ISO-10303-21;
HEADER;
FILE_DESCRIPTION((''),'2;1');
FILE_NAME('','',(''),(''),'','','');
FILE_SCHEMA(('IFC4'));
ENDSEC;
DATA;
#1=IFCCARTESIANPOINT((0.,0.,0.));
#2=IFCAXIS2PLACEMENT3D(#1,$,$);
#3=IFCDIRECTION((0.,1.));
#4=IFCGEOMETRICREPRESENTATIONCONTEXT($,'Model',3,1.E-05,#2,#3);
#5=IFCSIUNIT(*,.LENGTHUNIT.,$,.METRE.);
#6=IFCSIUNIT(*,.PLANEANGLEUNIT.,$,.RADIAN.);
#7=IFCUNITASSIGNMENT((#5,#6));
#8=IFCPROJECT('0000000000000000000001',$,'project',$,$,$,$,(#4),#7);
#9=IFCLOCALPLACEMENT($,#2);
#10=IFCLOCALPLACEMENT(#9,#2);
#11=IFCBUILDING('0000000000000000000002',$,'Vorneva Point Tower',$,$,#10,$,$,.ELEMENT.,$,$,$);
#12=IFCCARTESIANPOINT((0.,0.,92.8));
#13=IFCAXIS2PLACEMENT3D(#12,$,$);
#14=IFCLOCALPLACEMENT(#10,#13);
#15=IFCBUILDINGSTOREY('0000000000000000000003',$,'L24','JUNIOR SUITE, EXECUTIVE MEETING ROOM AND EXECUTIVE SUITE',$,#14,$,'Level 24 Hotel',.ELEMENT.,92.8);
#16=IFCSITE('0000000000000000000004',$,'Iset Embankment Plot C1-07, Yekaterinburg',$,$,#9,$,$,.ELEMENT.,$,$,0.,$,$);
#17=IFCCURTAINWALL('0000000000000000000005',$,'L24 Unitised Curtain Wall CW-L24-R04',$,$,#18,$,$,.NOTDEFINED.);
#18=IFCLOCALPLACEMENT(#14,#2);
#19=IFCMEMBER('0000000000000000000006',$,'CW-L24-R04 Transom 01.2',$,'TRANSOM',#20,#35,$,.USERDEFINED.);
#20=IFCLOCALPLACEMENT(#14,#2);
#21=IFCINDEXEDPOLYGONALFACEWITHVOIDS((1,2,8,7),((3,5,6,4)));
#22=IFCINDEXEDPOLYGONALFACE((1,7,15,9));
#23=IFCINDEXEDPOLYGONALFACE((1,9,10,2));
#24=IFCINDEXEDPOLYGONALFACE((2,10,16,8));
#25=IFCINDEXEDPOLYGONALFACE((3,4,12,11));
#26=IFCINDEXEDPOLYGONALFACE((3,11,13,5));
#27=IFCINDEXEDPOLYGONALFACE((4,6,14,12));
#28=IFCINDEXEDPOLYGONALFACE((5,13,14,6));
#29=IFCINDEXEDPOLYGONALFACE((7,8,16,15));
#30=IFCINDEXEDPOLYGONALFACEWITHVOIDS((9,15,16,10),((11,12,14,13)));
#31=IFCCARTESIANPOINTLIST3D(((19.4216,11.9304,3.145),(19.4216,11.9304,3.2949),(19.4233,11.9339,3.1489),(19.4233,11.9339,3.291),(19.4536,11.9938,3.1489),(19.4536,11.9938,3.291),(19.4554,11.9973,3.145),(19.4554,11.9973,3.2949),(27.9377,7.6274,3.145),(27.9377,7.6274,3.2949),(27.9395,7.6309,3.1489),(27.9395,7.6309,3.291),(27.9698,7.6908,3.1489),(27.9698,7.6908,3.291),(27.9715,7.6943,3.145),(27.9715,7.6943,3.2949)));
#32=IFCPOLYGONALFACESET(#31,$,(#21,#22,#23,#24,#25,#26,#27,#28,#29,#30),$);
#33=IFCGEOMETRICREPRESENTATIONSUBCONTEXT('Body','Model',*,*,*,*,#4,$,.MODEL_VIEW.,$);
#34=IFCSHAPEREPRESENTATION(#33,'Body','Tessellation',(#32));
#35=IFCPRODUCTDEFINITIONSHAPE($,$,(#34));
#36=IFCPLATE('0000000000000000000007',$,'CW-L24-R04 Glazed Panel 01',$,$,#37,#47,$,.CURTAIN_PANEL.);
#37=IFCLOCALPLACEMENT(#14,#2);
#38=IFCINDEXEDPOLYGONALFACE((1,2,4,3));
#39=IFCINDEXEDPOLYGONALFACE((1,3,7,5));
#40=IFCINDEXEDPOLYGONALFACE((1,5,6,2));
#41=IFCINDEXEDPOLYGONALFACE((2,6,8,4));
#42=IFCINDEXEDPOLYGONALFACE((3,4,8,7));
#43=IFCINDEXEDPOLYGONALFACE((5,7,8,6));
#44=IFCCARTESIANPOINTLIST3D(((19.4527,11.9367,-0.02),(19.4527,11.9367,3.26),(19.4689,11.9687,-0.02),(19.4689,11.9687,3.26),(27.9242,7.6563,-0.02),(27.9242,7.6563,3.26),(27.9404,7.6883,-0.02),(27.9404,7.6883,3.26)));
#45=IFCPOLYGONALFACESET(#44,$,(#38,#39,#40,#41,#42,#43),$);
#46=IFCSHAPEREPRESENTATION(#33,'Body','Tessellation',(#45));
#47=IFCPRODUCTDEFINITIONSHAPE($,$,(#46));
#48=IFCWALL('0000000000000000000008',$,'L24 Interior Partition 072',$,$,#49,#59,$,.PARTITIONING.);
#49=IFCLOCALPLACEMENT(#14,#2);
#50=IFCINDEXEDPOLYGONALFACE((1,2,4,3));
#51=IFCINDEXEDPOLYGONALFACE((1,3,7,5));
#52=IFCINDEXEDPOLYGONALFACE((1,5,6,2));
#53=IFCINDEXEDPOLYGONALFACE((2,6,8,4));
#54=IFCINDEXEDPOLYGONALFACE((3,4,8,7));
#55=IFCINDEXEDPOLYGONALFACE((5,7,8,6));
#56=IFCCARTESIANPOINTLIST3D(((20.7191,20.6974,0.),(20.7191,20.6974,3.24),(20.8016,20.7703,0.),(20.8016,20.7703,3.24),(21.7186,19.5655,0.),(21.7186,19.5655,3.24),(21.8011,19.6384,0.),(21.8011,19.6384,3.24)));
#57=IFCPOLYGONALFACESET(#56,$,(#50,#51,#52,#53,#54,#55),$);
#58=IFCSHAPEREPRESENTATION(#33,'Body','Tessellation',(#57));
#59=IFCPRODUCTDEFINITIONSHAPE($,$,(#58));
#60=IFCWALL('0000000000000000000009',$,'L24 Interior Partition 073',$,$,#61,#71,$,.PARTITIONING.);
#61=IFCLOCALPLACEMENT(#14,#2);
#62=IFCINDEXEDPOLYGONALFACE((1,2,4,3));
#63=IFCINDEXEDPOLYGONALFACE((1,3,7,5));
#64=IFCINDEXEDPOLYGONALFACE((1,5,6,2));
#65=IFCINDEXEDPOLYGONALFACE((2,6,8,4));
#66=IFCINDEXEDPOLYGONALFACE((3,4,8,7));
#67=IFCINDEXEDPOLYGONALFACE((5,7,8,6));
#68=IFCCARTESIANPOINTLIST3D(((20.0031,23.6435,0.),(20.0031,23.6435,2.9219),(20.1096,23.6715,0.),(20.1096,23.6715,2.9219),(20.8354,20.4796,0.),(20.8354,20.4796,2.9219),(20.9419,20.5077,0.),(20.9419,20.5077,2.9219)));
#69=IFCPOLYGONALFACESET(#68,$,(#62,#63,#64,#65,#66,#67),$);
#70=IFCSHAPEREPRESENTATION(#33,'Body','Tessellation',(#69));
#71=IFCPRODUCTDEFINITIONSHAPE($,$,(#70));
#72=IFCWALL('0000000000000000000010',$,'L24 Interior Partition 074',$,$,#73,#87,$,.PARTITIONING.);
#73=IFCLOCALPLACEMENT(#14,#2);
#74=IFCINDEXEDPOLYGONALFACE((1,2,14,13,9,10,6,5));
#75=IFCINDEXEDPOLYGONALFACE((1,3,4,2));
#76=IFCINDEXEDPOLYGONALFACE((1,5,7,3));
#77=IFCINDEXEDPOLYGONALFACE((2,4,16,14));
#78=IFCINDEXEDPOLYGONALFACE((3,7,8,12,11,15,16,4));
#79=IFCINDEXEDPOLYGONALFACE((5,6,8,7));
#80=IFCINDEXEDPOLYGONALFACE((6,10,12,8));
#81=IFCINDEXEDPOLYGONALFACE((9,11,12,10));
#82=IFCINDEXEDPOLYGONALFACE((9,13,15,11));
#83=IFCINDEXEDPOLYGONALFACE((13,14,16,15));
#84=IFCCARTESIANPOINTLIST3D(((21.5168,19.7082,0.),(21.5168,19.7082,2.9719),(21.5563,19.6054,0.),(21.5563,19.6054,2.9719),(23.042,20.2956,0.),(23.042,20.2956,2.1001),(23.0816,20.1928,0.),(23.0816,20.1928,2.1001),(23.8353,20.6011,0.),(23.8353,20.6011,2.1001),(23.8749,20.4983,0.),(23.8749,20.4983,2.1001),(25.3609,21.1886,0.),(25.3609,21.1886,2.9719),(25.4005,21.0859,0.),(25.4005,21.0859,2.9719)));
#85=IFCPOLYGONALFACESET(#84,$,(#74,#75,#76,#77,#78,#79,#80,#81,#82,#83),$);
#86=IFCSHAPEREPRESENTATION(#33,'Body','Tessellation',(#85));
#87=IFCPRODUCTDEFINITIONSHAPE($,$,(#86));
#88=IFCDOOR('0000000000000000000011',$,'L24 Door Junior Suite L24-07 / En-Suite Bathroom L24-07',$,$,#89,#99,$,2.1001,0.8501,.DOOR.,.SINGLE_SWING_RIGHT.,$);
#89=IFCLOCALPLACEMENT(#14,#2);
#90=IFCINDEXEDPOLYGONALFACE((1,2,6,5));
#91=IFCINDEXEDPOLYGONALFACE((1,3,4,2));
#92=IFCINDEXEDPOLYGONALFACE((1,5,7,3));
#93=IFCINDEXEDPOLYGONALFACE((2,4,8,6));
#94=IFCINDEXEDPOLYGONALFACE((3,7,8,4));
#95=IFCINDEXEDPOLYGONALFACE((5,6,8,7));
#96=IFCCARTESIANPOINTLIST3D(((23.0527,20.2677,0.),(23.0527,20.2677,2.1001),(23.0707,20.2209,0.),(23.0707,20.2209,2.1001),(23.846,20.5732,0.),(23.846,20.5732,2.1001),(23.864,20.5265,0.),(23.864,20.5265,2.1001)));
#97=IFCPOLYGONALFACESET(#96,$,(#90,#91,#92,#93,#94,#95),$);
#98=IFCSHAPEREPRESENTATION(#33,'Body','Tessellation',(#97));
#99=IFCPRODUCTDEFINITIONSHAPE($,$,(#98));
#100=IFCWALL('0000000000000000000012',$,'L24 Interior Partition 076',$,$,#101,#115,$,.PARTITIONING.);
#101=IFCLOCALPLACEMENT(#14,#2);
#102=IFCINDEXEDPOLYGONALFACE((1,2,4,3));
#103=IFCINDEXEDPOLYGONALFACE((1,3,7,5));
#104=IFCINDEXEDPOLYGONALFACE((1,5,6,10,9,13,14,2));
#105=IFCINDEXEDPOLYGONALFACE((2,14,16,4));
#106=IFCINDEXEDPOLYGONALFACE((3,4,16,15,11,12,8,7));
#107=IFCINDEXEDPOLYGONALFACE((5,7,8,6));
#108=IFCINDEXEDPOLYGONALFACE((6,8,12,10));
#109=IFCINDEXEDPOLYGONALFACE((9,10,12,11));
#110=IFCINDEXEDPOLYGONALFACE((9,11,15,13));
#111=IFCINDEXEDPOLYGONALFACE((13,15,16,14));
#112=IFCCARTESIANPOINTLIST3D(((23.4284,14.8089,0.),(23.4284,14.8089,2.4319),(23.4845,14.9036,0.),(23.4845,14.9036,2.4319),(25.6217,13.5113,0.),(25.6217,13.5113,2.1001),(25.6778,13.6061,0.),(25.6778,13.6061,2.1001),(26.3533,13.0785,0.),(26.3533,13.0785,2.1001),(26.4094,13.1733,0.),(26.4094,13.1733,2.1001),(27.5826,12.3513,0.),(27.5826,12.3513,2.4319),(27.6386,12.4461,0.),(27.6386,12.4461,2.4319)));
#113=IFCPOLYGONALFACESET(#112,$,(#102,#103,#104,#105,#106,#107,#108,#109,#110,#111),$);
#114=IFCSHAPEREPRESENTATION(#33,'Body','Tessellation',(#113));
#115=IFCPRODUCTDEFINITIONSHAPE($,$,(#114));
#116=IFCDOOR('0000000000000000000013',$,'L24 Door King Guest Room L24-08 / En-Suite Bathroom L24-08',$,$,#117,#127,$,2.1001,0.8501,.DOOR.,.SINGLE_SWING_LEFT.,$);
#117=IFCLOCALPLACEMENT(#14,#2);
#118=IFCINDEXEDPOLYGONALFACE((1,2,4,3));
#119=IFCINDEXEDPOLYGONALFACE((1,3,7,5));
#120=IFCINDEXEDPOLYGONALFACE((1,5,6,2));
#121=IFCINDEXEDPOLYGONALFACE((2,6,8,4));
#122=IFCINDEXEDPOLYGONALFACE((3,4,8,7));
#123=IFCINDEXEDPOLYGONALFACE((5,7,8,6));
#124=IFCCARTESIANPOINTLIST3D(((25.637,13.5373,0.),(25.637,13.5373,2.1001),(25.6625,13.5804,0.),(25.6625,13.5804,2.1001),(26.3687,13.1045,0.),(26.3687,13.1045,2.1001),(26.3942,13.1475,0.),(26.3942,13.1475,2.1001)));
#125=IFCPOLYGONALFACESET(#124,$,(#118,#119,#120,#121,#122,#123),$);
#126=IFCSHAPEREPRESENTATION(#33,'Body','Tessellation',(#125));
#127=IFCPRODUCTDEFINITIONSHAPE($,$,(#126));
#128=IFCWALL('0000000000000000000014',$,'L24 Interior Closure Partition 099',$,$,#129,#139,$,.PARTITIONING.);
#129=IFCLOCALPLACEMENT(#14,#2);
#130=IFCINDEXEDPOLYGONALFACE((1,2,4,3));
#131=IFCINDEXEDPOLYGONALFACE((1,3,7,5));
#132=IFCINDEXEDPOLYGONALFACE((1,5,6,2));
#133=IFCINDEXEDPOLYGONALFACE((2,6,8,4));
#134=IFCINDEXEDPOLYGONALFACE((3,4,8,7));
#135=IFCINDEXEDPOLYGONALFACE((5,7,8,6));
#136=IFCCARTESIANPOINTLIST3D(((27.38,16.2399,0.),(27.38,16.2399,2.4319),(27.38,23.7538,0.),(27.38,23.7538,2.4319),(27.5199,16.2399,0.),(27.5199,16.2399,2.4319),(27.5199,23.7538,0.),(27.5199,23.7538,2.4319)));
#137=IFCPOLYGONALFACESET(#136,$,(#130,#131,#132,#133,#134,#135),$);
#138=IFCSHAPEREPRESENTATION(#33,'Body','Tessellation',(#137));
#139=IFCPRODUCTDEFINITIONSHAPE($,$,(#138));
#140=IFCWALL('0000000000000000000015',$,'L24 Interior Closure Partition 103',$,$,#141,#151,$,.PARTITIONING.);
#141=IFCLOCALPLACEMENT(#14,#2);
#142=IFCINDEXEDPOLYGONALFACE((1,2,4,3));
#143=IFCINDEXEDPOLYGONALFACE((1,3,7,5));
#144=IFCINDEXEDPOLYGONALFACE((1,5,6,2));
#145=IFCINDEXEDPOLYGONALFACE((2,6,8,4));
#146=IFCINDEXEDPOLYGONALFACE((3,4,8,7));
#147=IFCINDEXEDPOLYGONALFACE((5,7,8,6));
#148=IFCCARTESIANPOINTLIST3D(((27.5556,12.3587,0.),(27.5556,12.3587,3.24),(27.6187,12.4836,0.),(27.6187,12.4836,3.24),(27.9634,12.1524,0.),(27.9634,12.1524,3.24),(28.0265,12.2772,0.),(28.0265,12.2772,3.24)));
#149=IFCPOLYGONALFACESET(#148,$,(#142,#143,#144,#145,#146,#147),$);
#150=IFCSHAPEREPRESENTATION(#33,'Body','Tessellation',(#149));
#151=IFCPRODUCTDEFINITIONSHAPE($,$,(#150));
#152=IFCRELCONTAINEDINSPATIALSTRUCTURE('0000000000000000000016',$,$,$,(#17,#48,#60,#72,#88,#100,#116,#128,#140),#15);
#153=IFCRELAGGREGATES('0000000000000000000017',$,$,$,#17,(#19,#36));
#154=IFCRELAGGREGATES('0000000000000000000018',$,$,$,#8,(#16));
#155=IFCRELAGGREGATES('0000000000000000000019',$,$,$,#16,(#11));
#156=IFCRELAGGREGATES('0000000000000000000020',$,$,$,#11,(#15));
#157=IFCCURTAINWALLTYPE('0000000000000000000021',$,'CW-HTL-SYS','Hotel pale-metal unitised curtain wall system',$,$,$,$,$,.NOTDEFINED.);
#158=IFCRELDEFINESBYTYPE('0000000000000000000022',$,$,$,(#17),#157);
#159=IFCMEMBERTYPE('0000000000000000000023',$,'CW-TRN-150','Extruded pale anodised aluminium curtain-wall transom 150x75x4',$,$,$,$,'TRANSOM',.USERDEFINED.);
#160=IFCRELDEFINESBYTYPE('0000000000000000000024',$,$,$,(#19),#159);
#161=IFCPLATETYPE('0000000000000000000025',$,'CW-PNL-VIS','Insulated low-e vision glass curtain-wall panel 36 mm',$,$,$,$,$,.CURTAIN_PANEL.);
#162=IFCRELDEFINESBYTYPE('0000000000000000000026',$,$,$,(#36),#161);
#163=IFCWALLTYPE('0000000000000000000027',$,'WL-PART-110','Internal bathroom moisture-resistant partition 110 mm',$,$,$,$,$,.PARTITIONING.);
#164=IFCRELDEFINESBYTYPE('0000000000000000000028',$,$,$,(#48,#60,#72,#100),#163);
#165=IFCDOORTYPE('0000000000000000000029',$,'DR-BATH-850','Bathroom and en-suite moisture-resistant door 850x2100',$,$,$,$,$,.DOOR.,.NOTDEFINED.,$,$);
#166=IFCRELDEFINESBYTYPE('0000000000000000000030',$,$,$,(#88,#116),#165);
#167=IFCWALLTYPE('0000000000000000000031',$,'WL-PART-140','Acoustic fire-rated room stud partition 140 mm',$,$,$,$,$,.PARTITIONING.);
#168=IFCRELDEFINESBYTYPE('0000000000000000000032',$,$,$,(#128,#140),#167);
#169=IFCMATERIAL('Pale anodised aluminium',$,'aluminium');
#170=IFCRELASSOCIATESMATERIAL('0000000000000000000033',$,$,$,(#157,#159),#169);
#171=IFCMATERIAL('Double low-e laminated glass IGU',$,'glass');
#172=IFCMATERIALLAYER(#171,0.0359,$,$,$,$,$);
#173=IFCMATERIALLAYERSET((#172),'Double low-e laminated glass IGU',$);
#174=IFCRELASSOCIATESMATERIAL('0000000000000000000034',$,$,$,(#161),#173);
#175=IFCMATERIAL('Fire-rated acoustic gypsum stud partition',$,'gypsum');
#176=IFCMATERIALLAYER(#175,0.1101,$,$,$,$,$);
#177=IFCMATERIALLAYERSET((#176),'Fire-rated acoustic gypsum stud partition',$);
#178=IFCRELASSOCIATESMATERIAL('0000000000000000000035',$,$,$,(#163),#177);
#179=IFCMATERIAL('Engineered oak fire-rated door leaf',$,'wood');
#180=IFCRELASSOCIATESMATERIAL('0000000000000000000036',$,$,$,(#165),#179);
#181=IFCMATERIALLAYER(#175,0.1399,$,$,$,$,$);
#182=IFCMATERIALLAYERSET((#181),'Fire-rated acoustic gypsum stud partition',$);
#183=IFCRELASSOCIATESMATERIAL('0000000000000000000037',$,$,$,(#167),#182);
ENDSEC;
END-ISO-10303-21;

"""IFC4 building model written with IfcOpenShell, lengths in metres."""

from ifc_helpers import new_model, si_unit, direction, frame, frame_2d, origin, origin_2d, place, context, subcontext, project, spatial, rectangle, hollow_rectangle, extrude, material, layer, layer_set, material_profile, profile_set, type_object, element, fill, aggregate, save


model = new_model("IFC4")

# Units and contexts
model_context = context("Model", 3, precision=1e-05, world=origin(), true_north=direction((0.0, 1.0)))
body_context = subcontext(model_context, "Body", "Model", "MODEL_VIEW")
ifc_project = project(units=[si_unit("LENGTHUNIT", "METRE"), si_unit("PLANEANGLEUNIT", "RADIAN")], contexts=[model_context])

# Site, building, storey
site_placement = place(None, origin())
site = spatial("IfcSite", under=ifc_project, at=site_placement, Name="Iset Embankment Plot C1-07, Yekaterinburg", CompositionType="ELEMENT", RefElevation=0.0)
building_placement = place(site_placement, origin())
building = spatial("IfcBuilding", under=site, at=building_placement, Name="Vorneva Point Tower", CompositionType="ELEMENT")
storey_placement = place(building_placement, frame((0.0, 0.0, 92.8)))
storey = spatial("IfcBuildingStorey", under=building, at=storey_placement, Name="L24", Description="JUNIOR SUITE, EXECUTIVE MEETING ROOM AND EXECUTIVE SUITE", LongName="Level 24 Hotel", CompositionType="ELEMENT", Elevation=92.8)

# Curtain wall, member, plate
ifc_material_1 = material(Name="Pale anodised aluminium", Category="aluminium")
curtain_wall_type = type_object("IfcCurtainWallType", Name="CW-HTL-SYS", Description="Hotel pale-metal unitised curtain wall system", PredefinedType="NOTDEFINED", material=ifc_material_1)
curtain_wall_placement = place(storey_placement, origin())
curtain_wall = element("IfcCurtainWall", 1, at=curtain_wall_placement, inside=storey, type_object=curtain_wall_type, Name="L24 Unitised Curtain Wall CW-L24-R04", PredefinedType="NOTDEFINED")
ifc_material_profile_1 = material_profile(ifc_material_1, hollow_rectangle(XDim=0.075, YDim=0.1499, WallThickness=0.0039, at=origin_2d()), Name="AL-TRN 150x75x4")
ifc_profile_set_1 = profile_set([ifc_material_profile_1], Name="Pale anodised aluminium")
member_type = type_object("IfcMemberType", Name="CW-TRN-150", Description="Extruded pale anodised aluminium curtain-wall transom 150x75x4", ElementType="TRANSOM", PredefinedType="USERDEFINED", material=ifc_profile_set_1)
member_placement = place(storey_placement, frame((19.4385, 11.9639, 3.22), z_axis=(0.892536, -0.450976, 0.0), x_axis=(0.450976, 0.892536, 0.0)))
member = element("IfcMember", 2, at=member_placement, type_object=member_type, Name="CW-L24-R04 Transom 01.2", ObjectType="TRANSOM", PredefinedType="USERDEFINED", context=body_context, shape_type="SweptSolid", body=[
    extrude(hollow_rectangle(XDim=0.075, YDim=0.1499, WallThickness=0.0039, at=origin_2d()), origin(), (0.0, 0.0, 1.0), 9.5415),
])
ifc_material_2 = material(Name="Double low-e laminated glass IGU", Category="glass")
ifc_layer_1 = layer(ifc_material_2, 0.0359)
ifc_layer_set_1 = layer_set([ifc_layer_1], Name="Double low-e laminated glass IGU")
plate_type = type_object("IfcPlateType", Name="CW-PNL-VIS", Description="Insulated low-e vision glass curtain-wall panel 36 mm", PredefinedType="CURTAIN_PANEL", material=ifc_layer_set_1)
plate_placement = place(storey_placement, frame((23.6965, 9.8125, -0.02), z_axis=(0.0, 0.0, 1.0), x_axis=(0.892539, -0.450971, 0.0)))
plate = element("IfcPlate", 3, at=plate_placement, type_object=plate_type, Name="CW-L24-R04 Glazed Panel 01", PredefinedType="CURTAIN_PANEL", context=body_context, shape_type="SweptSolid", body=[
    extrude(rectangle(XDim=9.4915, YDim=0.0359, at=origin_2d()), origin(), (0.0, 0.0, 1.0), 3.28),
])
aggregate(curtain_wall, [member, plate])

# Walls
ifc_material_3 = material(Name="Fire-rated acoustic gypsum stud partition", Category="gypsum")
ifc_layer_2 = layer(ifc_material_3, 0.1101)
ifc_layer_set_2 = layer_set([ifc_layer_2], Name="Fire-rated acoustic gypsum stud partition")
wall_type_1 = type_object("IfcWallType", Name="WL-PART-110", Description="Internal bathroom moisture-resistant partition 110 mm", PredefinedType="PARTITIONING", material=ifc_layer_set_2)
wall_1_placement = place(storey_placement, frame((21.7598, 19.6021, 0.0), z_axis=(0.0, 0.0, 1.0), x_axis=(-0.661932, 0.749564, 0.0)))
element("IfcWall", 4, at=wall_1_placement, inside=storey, type_object=wall_type_1, Name="L24 Interior Partition 072", PredefinedType="PARTITIONING", context=body_context, shape_type="SweptSolid", body=[
    extrude(rectangle(XDim=1.51, YDim=0.1101, at=frame_2d((0.7549, 0.0))), origin(), (0.0, 0.0, 1.0), 3.24),
])
wall_2_placement = place(storey_placement, frame((20.8887, 20.4937, 0.0), z_axis=(0.0, 0.0, 1.0), x_axis=(-0.254405, 0.967098, 0.0)))
element("IfcWall", 5, at=wall_2_placement, inside=storey, type_object=wall_type_1, Name="L24 Interior Partition 073", PredefinedType="PARTITIONING", context=body_context, shape_type="SweptSolid", body=[
    extrude(rectangle(XDim=3.2715, YDim=0.1101, at=frame_2d((1.6357, 0.0))), origin(), (0.0, 0.0, 1.0), 2.9219),
])

# Walls, openings, doors
wall_3_placement = place(storey_placement, frame((25.3806, 21.1372, 0.0), z_axis=(0.0, 0.0, 1.0), x_axis=(-0.93319, -0.359384, 0.0)))
wall_3 = element("IfcWall", 6, at=wall_3_placement, inside=storey, type_object=wall_type_1, Name="L24 Interior Partition 074", PredefinedType="PARTITIONING", context=body_context, shape_type="SweptSolid", body=[
    extrude(rectangle(XDim=4.1194, YDim=0.1101, at=frame_2d((2.0596, 0.0))), origin(), (0.0, 0.0, 1.0), 2.9719),
])
opening_1_placement = place(wall_3_placement, frame((1.6348, 0.0, 0.0)))
opening_1 = element("IfcOpeningElement", 7, at=opening_1_placement, cuts=wall_3, PredefinedType="OPENING", context=body_context, shape_type="SweptSolid", body=[
    extrude(rectangle(XDim=0.8501, YDim=2.1001, at=frame_2d((0.425, 1.05))), frame((0.0, 0.0698, 0.0), z_axis=(0.0, -1.0, 0.0), x_axis=(1.0, 0.0, 0.0)), (0.0, 0.0, 1.0), 0.1399),
])
ifc_material_4 = material(Name="Engineered oak fire-rated door leaf", Category="wood")
door_type_1 = type_object("IfcDoorType", Name="DR-BATH-850", Description="Bathroom and en-suite moisture-resistant door 850x2100", OperationType="NOTDEFINED", PredefinedType="DOOR", material=ifc_material_4)
door_1_placement = place(opening_1_placement, origin())
door_1 = element("IfcDoor", 8, at=door_1_placement, inside=storey, type_object=door_type_1, Name="L24 Door Junior Suite L24-07 / En-Suite Bathroom L24-07", OperationType="SINGLE_SWING_RIGHT", OverallHeight=2.1001, OverallWidth=0.8501, PredefinedType="DOOR", context=body_context, shape_type="SweptSolid", body=[
    extrude(rectangle(XDim=0.8501, YDim=2.1001, at=frame_2d((0.425, 1.05))), frame((0.0, 0.0249, 0.0), z_axis=(0.0, -1.0, 0.0), x_axis=(1.0, 0.0, 0.0)), (0.0, 0.0, 1.0), 0.05),
])
fill(opening_1, door_1)
wall_4_placement = place(storey_placement, frame((27.6106, 12.3987, 0.0), z_axis=(0.0, 0.0, 1.0), x_axis=(-0.860668, 0.509167, 0.0)))
wall_4 = element("IfcWall", 9, at=wall_4_placement, inside=storey, type_object=wall_type_1, Name="L24 Interior Partition 076", PredefinedType="PARTITIONING", context=body_context, shape_type="SweptSolid", body=[
    extrude(rectangle(XDim=4.8267, YDim=0.1101, at=frame_2d((2.4133, 0.0))), origin(), (0.0, 0.0, 1.0), 2.4319),
])
opening_2_placement = place(wall_4_placement, frame((1.4282, 0.0, 0.0)))
opening_2 = element("IfcOpeningElement", 10, at=opening_2_placement, cuts=wall_4, PredefinedType="OPENING", context=body_context, shape_type="SweptSolid", body=[
    extrude(rectangle(XDim=0.8501, YDim=2.1001, at=frame_2d((0.425, 1.05))), frame((0.0, 0.0698, 0.0), z_axis=(0.0, -1.0, 0.0), x_axis=(1.0, 0.0, 0.0)), (0.0, 0.0, 1.0), 0.1399),
])
door_2_placement = place(opening_2_placement, origin())
door_2 = element("IfcDoor", 11, at=door_2_placement, inside=storey, type_object=door_type_1, Name="L24 Door King Guest Room L24-08 / En-Suite Bathroom L24-08", OperationType="SINGLE_SWING_LEFT", OverallHeight=2.1001, OverallWidth=0.8501, PredefinedType="DOOR", context=body_context, shape_type="SweptSolid", body=[
    extrude(rectangle(XDim=0.8501, YDim=2.1001, at=frame_2d((0.425, 1.05))), frame((0.0, 0.0249, 0.0), z_axis=(0.0, -1.0, 0.0), x_axis=(1.0, 0.0, 0.0)), (0.0, 0.0, 1.0), 0.05),
])
fill(opening_2, door_2)

# Walls
ifc_layer_3 = layer(ifc_material_3, 0.1399)
ifc_layer_set_3 = layer_set([ifc_layer_3], Name="Fire-rated acoustic gypsum stud partition")
wall_type_2 = type_object("IfcWallType", Name="WL-PART-140", Description="Acoustic fire-rated room stud partition 140 mm", PredefinedType="PARTITIONING", material=ifc_layer_set_3)
wall_5_placement = place(storey_placement, frame((27.45, 16.24, 0.0), z_axis=(0.0, 0.0, 1.0), x_axis=(0.0, 1.0, 0.0)))
element("IfcWall", 12, at=wall_5_placement, inside=storey, type_object=wall_type_2, Name="L24 Interior Closure Partition 099", PredefinedType="PARTITIONING", context=body_context, shape_type="SweptSolid", body=[
    extrude(rectangle(XDim=7.5139, YDim=0.1399, at=frame_2d((3.7568, 0.0))), origin(), (0.0, 0.0, 1.0), 2.4319),
])
wall_6_placement = place(storey_placement, frame((27.5872, 12.4211, 0.0), z_axis=(0.0, 0.0, 1.0), x_axis=(0.89228, -0.451483, 0.0)))
element("IfcWall", 13, at=wall_6_placement, inside=storey, type_object=wall_type_2, Name="L24 Interior Closure Partition 103", PredefinedType="PARTITIONING", context=body_context, shape_type="SweptSolid", body=[
    extrude(rectangle(XDim=0.457, YDim=0.1399, at=frame_2d((0.2285, 0.0))), origin(), (0.0, 0.0, 1.0), 3.24),
])

save(model, "model.ifc")
